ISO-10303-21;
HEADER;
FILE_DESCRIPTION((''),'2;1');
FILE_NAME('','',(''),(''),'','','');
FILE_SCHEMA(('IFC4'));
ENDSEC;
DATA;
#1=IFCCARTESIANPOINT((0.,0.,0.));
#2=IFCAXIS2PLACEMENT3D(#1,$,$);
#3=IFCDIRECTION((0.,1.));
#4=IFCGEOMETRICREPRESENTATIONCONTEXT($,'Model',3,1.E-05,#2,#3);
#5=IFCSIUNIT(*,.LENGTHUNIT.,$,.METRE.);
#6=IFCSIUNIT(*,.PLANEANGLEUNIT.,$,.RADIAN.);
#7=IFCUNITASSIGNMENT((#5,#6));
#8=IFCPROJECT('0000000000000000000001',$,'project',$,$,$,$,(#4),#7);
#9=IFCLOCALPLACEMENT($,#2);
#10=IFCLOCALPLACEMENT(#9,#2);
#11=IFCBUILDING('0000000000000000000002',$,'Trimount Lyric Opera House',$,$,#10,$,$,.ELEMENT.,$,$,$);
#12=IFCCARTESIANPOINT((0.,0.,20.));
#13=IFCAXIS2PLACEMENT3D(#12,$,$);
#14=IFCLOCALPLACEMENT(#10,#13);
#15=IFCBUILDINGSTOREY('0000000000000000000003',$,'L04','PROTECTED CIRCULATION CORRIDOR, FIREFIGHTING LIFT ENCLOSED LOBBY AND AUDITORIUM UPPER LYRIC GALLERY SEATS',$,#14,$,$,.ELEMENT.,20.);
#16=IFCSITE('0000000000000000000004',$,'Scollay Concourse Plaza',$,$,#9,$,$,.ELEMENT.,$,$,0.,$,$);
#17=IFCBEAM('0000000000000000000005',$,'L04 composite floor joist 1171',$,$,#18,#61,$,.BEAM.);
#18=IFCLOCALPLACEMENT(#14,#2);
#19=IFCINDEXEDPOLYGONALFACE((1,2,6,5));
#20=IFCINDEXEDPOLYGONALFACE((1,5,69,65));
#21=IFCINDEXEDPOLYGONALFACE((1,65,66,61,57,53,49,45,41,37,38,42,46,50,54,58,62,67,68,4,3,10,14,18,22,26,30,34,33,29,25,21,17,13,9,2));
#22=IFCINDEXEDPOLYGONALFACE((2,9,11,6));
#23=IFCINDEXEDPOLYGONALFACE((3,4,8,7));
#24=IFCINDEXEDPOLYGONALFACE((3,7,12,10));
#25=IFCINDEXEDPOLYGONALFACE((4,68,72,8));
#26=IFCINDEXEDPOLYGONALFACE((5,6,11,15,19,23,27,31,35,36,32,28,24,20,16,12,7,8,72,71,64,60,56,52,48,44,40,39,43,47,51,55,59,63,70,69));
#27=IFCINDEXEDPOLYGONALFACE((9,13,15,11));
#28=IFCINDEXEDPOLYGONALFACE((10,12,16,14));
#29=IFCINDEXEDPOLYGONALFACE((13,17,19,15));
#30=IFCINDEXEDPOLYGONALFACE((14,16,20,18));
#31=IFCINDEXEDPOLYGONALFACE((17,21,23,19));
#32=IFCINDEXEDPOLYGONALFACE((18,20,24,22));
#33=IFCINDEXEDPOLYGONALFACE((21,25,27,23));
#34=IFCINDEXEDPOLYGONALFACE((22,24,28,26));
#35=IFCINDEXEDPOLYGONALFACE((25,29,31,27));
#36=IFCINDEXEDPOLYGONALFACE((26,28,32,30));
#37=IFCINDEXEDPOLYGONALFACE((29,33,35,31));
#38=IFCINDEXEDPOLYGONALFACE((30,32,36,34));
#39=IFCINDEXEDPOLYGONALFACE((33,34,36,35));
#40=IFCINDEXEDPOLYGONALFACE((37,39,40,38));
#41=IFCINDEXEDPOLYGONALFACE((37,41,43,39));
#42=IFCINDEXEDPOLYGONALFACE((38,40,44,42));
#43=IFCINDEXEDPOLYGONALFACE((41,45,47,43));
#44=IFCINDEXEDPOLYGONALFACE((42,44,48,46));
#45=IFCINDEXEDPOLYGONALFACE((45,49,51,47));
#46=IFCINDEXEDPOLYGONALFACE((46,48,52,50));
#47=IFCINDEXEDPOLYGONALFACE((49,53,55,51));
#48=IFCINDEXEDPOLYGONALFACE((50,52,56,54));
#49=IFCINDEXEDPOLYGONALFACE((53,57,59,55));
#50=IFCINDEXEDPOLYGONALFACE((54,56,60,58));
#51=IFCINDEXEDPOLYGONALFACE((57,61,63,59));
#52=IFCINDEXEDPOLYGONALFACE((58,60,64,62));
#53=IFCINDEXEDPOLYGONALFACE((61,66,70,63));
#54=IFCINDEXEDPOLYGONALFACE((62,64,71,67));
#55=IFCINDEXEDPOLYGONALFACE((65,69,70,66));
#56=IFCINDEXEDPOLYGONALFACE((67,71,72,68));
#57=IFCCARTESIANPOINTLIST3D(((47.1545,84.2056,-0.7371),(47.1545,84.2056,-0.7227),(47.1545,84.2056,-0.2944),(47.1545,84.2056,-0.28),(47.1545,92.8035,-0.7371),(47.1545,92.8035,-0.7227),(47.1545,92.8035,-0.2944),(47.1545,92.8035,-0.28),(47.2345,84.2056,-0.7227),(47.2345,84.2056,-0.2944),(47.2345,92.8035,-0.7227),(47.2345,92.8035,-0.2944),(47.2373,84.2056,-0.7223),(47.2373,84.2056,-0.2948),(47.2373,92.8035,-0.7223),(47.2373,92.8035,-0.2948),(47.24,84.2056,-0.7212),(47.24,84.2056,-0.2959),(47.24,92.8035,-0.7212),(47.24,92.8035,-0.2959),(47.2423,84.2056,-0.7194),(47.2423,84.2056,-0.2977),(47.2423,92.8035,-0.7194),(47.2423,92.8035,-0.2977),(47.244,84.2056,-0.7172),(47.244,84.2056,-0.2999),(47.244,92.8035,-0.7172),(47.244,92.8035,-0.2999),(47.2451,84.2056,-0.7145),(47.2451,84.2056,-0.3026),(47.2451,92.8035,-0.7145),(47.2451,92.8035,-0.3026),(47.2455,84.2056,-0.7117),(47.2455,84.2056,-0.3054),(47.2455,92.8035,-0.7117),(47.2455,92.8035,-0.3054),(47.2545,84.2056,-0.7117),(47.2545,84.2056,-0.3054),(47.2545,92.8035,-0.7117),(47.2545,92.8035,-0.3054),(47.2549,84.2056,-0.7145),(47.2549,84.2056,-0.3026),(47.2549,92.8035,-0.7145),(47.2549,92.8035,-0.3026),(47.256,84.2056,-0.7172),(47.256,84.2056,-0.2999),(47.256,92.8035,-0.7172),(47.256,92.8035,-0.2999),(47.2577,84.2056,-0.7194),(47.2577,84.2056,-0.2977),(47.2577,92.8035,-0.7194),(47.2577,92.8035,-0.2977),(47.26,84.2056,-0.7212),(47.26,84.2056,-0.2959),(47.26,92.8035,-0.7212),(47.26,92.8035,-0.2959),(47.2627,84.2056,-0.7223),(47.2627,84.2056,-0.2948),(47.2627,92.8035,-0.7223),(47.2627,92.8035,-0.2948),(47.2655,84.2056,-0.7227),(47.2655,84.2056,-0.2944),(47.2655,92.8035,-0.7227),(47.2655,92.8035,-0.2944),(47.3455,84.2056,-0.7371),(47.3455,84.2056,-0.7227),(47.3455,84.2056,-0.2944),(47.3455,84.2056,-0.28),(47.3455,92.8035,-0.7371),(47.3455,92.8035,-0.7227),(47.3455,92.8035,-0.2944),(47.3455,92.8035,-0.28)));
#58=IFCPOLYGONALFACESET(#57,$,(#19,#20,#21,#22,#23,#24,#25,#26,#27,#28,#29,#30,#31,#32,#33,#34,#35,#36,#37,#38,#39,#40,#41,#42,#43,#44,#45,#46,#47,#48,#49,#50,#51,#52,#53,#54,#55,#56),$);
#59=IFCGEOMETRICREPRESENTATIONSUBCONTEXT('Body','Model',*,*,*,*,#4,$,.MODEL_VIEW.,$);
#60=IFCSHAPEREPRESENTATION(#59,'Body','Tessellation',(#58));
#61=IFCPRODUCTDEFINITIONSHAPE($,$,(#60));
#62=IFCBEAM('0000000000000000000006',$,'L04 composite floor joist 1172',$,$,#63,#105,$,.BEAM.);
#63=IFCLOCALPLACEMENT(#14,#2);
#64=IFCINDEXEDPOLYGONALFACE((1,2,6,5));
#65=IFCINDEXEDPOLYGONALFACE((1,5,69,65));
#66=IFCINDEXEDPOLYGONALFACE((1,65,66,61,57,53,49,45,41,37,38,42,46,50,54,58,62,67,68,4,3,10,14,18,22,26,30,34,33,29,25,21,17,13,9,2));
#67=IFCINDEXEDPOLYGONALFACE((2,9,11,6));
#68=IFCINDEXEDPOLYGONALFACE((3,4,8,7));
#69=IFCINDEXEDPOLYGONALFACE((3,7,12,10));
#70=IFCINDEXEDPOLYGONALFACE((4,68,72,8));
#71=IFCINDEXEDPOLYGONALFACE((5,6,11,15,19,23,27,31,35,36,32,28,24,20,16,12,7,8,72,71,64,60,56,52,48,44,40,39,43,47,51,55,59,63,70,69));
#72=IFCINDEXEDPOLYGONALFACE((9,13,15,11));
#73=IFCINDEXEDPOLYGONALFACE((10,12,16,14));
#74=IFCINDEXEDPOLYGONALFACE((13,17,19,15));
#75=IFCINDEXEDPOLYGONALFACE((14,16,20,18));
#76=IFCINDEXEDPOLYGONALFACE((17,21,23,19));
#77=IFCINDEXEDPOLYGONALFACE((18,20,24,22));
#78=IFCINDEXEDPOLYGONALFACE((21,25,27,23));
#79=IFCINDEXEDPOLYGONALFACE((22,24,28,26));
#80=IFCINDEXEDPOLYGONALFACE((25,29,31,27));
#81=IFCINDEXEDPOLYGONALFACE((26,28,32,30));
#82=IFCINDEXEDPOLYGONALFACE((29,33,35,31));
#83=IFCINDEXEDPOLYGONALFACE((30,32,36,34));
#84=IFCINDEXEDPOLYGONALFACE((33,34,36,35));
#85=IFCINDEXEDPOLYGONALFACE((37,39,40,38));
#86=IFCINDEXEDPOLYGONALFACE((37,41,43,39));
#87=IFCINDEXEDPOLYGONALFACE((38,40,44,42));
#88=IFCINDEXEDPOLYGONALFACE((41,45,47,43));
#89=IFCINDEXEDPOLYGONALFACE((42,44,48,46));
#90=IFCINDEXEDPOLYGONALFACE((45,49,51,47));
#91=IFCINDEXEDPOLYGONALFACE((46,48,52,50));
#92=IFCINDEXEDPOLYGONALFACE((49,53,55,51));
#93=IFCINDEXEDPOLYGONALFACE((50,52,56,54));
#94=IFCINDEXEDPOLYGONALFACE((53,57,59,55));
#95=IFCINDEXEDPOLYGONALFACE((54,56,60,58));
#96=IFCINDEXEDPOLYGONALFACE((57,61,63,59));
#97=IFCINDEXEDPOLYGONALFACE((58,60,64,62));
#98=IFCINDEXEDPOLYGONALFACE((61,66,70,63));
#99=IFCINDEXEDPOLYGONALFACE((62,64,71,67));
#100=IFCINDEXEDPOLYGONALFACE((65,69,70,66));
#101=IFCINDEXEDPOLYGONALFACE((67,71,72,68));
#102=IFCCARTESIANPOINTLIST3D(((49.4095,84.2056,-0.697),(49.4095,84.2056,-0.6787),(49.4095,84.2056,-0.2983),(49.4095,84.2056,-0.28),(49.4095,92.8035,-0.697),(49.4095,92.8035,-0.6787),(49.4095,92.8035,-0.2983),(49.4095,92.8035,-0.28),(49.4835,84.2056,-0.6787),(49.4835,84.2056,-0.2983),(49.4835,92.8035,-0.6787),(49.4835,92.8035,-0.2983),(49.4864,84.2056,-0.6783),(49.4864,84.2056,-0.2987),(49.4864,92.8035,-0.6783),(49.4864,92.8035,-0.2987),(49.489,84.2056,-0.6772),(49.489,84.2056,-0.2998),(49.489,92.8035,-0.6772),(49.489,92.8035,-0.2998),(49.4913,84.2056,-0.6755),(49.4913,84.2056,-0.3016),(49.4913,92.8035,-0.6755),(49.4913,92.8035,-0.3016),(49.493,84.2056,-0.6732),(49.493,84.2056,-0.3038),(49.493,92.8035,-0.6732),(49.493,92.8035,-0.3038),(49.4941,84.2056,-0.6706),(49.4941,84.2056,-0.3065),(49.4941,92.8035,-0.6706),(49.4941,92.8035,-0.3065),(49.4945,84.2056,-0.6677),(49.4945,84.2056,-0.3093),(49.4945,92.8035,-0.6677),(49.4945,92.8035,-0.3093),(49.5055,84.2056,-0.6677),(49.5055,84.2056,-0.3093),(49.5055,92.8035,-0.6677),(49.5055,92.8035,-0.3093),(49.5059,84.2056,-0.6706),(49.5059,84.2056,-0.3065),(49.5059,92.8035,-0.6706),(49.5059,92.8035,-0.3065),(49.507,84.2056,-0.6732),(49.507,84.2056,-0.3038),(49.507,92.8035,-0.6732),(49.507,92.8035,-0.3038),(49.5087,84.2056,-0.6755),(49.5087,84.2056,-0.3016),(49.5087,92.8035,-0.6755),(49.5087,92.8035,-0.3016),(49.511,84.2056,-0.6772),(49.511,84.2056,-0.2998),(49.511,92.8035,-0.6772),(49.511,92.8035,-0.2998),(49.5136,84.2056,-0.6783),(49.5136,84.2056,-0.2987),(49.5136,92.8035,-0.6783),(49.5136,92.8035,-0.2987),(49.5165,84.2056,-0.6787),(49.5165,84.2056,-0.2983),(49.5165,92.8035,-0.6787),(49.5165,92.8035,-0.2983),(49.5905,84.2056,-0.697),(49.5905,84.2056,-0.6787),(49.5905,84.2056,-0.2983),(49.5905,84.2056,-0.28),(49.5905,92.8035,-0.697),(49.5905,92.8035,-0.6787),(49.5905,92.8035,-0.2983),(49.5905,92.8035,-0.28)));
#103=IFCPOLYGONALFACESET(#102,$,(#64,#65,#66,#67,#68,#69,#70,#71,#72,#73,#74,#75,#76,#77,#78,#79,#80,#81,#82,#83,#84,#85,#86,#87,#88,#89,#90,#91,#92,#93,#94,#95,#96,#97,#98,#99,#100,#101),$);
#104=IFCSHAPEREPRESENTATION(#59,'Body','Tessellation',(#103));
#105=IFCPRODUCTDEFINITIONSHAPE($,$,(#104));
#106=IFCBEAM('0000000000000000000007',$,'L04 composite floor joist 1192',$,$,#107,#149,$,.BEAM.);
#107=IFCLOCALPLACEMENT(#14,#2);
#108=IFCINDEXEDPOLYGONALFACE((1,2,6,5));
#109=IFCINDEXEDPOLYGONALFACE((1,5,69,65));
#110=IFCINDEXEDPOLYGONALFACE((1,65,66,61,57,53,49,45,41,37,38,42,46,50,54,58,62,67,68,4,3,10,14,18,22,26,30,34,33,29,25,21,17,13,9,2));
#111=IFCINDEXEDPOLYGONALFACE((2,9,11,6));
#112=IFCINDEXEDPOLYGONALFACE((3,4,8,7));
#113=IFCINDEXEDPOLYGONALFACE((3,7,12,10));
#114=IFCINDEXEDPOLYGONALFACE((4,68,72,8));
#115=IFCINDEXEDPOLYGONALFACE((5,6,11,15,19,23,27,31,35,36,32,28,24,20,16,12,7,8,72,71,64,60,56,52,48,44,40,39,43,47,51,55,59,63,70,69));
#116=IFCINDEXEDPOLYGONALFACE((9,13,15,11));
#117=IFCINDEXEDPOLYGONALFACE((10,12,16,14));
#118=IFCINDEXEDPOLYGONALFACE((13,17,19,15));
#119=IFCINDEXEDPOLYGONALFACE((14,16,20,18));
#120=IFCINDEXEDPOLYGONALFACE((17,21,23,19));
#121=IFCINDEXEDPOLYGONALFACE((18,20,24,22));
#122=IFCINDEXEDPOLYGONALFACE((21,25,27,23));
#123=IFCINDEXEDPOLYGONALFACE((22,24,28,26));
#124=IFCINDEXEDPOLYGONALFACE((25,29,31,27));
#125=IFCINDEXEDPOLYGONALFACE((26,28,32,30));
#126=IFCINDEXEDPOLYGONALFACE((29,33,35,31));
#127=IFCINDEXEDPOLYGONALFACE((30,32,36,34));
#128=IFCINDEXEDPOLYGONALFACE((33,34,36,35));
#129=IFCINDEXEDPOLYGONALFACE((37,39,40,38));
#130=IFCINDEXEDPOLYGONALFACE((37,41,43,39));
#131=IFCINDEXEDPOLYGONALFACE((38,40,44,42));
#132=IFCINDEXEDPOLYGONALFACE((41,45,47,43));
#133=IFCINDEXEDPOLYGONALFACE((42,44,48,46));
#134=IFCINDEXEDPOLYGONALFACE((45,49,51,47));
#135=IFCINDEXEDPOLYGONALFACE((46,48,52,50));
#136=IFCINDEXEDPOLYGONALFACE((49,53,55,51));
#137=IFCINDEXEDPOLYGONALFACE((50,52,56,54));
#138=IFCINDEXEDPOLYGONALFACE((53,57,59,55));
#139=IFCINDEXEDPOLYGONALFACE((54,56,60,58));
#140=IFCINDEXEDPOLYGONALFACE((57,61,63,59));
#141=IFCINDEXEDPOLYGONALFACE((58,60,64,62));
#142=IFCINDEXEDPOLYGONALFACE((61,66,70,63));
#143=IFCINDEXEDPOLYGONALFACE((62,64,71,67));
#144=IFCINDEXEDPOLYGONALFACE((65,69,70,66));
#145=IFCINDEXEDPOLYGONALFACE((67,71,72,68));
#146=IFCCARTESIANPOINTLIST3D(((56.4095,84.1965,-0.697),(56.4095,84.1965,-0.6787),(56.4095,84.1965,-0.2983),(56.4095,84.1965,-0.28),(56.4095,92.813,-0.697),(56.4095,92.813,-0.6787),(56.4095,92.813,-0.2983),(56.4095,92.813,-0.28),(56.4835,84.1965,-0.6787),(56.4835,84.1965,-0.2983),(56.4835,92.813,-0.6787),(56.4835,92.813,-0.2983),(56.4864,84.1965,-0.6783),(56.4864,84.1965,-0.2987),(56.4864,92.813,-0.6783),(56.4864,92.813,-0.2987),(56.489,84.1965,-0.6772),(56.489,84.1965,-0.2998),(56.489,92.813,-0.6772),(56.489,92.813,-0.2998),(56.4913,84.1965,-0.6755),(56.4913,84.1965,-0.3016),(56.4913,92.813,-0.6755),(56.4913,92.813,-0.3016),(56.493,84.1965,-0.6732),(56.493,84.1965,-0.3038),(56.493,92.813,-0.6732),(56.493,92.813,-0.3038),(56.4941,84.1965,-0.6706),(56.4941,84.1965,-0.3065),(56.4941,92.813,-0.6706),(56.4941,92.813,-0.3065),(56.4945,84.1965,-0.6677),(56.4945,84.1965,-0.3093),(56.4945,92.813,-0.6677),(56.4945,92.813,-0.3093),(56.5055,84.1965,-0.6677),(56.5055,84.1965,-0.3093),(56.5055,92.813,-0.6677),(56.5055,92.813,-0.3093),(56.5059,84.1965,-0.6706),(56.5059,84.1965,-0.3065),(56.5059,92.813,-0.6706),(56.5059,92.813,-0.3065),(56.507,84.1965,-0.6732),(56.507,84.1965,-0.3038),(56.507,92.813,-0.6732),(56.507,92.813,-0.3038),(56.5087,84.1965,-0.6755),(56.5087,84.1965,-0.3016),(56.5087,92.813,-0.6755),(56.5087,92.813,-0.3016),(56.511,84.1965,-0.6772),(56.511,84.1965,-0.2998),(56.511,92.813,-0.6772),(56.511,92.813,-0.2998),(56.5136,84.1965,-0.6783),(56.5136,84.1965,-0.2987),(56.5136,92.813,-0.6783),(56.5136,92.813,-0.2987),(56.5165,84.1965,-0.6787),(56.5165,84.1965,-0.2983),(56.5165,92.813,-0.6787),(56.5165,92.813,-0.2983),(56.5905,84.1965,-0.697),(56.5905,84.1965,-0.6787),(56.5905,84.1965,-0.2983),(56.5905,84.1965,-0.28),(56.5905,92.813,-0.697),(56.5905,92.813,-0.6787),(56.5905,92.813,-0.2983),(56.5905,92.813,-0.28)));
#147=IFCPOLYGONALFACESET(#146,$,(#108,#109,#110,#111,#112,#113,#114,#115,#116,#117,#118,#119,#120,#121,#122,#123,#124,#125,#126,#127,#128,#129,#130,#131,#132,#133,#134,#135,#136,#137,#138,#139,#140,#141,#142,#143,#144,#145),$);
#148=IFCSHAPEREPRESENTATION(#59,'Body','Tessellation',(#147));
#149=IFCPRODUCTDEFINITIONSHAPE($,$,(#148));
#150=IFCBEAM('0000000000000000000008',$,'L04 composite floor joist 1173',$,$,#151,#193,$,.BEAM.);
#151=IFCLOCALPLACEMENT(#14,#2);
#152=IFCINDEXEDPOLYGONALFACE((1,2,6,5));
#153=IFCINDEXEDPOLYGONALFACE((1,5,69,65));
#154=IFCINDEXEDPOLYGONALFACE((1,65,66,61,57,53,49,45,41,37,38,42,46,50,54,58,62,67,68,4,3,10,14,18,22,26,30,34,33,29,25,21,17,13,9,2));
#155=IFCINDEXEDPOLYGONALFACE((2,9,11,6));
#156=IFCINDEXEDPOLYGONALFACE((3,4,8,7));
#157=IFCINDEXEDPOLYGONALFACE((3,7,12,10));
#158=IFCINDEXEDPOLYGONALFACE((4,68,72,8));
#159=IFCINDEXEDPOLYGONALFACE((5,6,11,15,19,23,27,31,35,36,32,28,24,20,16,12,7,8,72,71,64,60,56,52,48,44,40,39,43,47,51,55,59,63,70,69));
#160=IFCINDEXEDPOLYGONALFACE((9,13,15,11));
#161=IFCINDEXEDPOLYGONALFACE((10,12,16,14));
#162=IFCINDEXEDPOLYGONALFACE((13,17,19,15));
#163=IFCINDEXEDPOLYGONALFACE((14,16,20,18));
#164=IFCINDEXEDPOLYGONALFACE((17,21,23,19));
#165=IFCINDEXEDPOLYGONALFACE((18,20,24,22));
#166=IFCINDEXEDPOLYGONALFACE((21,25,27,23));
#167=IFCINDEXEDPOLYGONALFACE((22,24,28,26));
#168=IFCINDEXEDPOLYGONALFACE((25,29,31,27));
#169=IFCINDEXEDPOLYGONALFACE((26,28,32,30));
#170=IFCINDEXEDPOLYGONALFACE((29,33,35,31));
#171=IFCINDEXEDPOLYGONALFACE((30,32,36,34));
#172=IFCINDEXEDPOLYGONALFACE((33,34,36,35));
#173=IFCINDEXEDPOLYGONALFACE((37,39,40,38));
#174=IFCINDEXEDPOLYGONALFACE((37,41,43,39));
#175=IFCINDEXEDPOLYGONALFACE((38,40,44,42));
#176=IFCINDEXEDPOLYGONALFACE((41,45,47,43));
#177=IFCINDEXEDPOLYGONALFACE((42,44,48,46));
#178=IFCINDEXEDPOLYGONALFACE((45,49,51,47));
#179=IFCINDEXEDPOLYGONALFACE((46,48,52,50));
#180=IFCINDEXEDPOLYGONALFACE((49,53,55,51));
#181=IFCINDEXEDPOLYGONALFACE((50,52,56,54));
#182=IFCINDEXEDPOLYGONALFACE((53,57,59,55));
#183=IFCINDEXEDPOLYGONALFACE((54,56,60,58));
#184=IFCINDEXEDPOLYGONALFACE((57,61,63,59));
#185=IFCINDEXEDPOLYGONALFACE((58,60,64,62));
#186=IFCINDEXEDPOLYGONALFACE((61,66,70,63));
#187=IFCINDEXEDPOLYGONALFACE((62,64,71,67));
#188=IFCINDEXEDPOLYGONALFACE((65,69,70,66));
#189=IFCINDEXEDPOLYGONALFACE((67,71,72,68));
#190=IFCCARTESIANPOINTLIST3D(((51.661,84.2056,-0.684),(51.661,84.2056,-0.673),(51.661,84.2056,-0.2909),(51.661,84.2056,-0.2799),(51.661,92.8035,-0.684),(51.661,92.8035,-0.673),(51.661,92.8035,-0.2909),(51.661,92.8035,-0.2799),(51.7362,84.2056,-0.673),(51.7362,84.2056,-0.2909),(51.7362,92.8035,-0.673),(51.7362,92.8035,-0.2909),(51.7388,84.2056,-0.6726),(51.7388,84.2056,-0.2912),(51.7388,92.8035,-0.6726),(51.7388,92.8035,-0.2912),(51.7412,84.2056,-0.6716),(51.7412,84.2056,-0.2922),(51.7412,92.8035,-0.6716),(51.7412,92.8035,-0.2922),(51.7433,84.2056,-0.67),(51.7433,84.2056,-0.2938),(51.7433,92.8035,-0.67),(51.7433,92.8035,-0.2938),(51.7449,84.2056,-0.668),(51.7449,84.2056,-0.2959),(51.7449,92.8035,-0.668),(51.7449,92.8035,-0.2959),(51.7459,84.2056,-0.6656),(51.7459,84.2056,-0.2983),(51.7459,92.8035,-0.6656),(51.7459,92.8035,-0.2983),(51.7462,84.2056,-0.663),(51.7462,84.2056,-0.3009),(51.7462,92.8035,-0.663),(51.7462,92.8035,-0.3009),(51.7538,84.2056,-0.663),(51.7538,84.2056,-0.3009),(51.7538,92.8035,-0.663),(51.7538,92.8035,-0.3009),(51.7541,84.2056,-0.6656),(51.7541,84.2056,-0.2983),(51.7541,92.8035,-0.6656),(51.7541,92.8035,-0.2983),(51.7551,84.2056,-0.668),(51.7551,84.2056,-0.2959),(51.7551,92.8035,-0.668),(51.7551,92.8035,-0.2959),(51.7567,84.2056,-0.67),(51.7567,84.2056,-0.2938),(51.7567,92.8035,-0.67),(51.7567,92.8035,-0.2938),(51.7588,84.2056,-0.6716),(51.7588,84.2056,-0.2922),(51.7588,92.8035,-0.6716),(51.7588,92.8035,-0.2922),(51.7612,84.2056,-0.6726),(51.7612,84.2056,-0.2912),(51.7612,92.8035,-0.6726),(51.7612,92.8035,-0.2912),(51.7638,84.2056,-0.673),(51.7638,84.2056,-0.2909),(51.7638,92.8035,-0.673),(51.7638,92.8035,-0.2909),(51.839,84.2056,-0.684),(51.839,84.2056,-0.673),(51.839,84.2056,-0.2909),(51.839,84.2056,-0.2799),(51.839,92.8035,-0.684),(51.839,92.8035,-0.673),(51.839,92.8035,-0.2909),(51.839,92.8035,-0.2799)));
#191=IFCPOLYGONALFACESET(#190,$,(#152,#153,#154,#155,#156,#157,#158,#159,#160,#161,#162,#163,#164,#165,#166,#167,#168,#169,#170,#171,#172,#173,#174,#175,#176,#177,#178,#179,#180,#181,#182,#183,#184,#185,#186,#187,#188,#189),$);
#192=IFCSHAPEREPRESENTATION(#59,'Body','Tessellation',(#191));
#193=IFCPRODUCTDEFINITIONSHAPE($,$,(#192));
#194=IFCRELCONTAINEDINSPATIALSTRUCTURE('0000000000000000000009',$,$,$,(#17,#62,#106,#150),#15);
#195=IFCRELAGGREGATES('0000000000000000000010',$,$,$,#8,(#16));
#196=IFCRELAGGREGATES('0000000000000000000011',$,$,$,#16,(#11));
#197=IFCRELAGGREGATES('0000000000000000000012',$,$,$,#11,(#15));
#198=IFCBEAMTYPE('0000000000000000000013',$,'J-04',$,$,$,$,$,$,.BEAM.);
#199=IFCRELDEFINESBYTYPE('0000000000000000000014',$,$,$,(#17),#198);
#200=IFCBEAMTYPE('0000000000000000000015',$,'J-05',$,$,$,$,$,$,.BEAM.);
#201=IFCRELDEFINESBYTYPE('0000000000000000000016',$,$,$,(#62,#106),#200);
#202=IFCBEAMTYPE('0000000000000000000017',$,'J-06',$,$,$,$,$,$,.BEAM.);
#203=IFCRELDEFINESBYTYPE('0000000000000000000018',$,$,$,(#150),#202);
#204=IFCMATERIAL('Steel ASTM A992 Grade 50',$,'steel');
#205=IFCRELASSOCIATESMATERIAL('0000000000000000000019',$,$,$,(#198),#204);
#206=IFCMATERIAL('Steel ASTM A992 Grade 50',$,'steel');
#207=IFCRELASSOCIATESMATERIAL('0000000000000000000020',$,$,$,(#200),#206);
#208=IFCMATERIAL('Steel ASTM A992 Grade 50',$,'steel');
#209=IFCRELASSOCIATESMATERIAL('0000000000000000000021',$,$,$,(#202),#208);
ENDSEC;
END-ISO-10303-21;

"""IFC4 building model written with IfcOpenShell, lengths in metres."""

from ifc_helpers import new_model, si_unit, direction, frame, origin, origin_2d, place, context, subcontext, project, spatial, i_section, extrude, material, material_profile, profile_set, type_object, element, save


model = new_model("IFC4")

# Units and contexts
model_context = context("Model", 3, precision=1e-05, world=origin(), true_north=direction((0.0, 1.0)))
body_context = subcontext(model_context, "Body", "Model", "MODEL_VIEW")
ifc_project = project(units=[si_unit("LENGTHUNIT", "METRE"), si_unit("PLANEANGLEUNIT", "RADIAN")], contexts=[model_context])

# Site, building, storey
site_placement = place(None, origin())
site = spatial("IfcSite", under=ifc_project, at=site_placement, Name="Scollay Concourse Plaza", CompositionType="ELEMENT", RefElevation=0.0)
building_placement = place(site_placement, origin())
building = spatial("IfcBuilding", under=site, at=building_placement, Name="Trimount Lyric Opera House", CompositionType="ELEMENT")
storey_placement = place(building_placement, frame((0.0, 0.0, 20.0)))
storey = spatial("IfcBuildingStorey", under=building, at=storey_placement, Name="L04", Description="PROTECTED CIRCULATION CORRIDOR, FIREFIGHTING LIFT ENCLOSED LOBBY AND AUDITORIUM UPPER LYRIC GALLERY SEATS", CompositionType="ELEMENT", Elevation=20.0)

# Beams
ifc_material_1 = material(Name="Steel ASTM A992 Grade 50", Category="steel")
ifc_material_profile_1 = material_profile(ifc_material_1, i_section(OverallWidth=0.1909, OverallDepth=0.457, WebThickness=0.009, FlangeThickness=0.0144, FilletRadius=0.011, at=origin_2d()), Name="W18X50")
ifc_profile_set_1 = profile_set([ifc_material_profile_1], Name="Steel ASTM A992 Grade 50")
beam_type_1 = type_object("IfcBeamType", Name="J-04", PredefinedType="BEAM", material=ifc_profile_set_1)
beam_1_placement = place(storey_placement, frame((47.25, 84.2056, -0.5085), z_axis=(0.0, 1.0, 0.0), x_axis=(-1.0, 0.0, 0.0)))
element("IfcBeam", 1, at=beam_1_placement, inside=storey, type_object=beam_type_1, Name="L04 composite floor joist 1171", PredefinedType="BEAM", context=body_context, shape_type="SweptSolid", body=[
    extrude(i_section(OverallWidth=0.1909, OverallDepth=0.457, WebThickness=0.009, FlangeThickness=0.0144, FilletRadius=0.011, at=origin_2d()), origin(), (0.0, 0.0, 1.0), 8.5979),
])
ifc_material_2 = material(Name="Steel ASTM A992 Grade 50", Category="steel")
ifc_material_profile_2 = material_profile(ifc_material_2, i_section(OverallWidth=0.1809, OverallDepth=0.417, WebThickness=0.011, FlangeThickness=0.0183, FilletRadius=0.011, at=origin_2d()), Name="W16X57")
ifc_profile_set_2 = profile_set([ifc_material_profile_2], Name="Steel ASTM A992 Grade 50")
beam_type_2 = type_object("IfcBeamType", Name="J-05", PredefinedType="BEAM", material=ifc_profile_set_2)
beam_2_placement = place(storey_placement, frame((49.5, 84.2056, -0.4885), z_axis=(0.0, 1.0, 0.0), x_axis=(-1.0, 0.0, 0.0)))
element("IfcBeam", 2, at=beam_2_placement, inside=storey, type_object=beam_type_2, Name="L04 composite floor joist 1172", PredefinedType="BEAM", context=body_context, shape_type="SweptSolid", body=[
    extrude(i_section(OverallWidth=0.1809, OverallDepth=0.417, WebThickness=0.011, FlangeThickness=0.0183, FilletRadius=0.011, at=origin_2d()), origin(), (0.0, 0.0, 1.0), 8.5979),
])
beam_3_placement = place(storey_placement, frame((56.5, 84.1965, -0.4885), z_axis=(0.0, 1.0, 0.0), x_axis=(-1.0, 0.0, 0.0)))
element("IfcBeam", 3, at=beam_3_placement, inside=storey, type_object=beam_type_2, Name="L04 composite floor joist 1192", PredefinedType="BEAM", context=body_context, shape_type="SweptSolid", body=[
    extrude(i_section(OverallWidth=0.1809, OverallDepth=0.417, WebThickness=0.011, FlangeThickness=0.0183, FilletRadius=0.011, at=origin_2d()), origin(), (0.0, 0.0, 1.0), 8.6165),
])
ifc_material_3 = material(Name="Steel ASTM A992 Grade 50", Category="steel")
ifc_material_profile_3 = material_profile(ifc_material_3, i_section(OverallWidth=0.178, OverallDepth=0.4041, WebThickness=0.0076, FlangeThickness=0.011, FilletRadius=0.01, at=origin_2d()), Name="W16X36")
ifc_profile_set_3 = profile_set([ifc_material_profile_3], Name="Steel ASTM A992 Grade 50")
beam_type_3 = type_object("IfcBeamType", Name="J-06", PredefinedType="BEAM", material=ifc_profile_set_3)
beam_4_placement = place(storey_placement, frame((51.75, 84.2056, -0.4819), z_axis=(0.0, 1.0, 0.0), x_axis=(-1.0, 0.0, 0.0)))
element("IfcBeam", 4, at=beam_4_placement, inside=storey, type_object=beam_type_3, Name="L04 composite floor joist 1173", PredefinedType="BEAM", context=body_context, shape_type="SweptSolid", body=[
    extrude(i_section(OverallWidth=0.178, OverallDepth=0.4041, WebThickness=0.0076, FlangeThickness=0.011, FilletRadius=0.01, at=origin_2d()), origin(), (0.0, 0.0, 1.0), 8.5979),
])

save(model, "model.ifc")
